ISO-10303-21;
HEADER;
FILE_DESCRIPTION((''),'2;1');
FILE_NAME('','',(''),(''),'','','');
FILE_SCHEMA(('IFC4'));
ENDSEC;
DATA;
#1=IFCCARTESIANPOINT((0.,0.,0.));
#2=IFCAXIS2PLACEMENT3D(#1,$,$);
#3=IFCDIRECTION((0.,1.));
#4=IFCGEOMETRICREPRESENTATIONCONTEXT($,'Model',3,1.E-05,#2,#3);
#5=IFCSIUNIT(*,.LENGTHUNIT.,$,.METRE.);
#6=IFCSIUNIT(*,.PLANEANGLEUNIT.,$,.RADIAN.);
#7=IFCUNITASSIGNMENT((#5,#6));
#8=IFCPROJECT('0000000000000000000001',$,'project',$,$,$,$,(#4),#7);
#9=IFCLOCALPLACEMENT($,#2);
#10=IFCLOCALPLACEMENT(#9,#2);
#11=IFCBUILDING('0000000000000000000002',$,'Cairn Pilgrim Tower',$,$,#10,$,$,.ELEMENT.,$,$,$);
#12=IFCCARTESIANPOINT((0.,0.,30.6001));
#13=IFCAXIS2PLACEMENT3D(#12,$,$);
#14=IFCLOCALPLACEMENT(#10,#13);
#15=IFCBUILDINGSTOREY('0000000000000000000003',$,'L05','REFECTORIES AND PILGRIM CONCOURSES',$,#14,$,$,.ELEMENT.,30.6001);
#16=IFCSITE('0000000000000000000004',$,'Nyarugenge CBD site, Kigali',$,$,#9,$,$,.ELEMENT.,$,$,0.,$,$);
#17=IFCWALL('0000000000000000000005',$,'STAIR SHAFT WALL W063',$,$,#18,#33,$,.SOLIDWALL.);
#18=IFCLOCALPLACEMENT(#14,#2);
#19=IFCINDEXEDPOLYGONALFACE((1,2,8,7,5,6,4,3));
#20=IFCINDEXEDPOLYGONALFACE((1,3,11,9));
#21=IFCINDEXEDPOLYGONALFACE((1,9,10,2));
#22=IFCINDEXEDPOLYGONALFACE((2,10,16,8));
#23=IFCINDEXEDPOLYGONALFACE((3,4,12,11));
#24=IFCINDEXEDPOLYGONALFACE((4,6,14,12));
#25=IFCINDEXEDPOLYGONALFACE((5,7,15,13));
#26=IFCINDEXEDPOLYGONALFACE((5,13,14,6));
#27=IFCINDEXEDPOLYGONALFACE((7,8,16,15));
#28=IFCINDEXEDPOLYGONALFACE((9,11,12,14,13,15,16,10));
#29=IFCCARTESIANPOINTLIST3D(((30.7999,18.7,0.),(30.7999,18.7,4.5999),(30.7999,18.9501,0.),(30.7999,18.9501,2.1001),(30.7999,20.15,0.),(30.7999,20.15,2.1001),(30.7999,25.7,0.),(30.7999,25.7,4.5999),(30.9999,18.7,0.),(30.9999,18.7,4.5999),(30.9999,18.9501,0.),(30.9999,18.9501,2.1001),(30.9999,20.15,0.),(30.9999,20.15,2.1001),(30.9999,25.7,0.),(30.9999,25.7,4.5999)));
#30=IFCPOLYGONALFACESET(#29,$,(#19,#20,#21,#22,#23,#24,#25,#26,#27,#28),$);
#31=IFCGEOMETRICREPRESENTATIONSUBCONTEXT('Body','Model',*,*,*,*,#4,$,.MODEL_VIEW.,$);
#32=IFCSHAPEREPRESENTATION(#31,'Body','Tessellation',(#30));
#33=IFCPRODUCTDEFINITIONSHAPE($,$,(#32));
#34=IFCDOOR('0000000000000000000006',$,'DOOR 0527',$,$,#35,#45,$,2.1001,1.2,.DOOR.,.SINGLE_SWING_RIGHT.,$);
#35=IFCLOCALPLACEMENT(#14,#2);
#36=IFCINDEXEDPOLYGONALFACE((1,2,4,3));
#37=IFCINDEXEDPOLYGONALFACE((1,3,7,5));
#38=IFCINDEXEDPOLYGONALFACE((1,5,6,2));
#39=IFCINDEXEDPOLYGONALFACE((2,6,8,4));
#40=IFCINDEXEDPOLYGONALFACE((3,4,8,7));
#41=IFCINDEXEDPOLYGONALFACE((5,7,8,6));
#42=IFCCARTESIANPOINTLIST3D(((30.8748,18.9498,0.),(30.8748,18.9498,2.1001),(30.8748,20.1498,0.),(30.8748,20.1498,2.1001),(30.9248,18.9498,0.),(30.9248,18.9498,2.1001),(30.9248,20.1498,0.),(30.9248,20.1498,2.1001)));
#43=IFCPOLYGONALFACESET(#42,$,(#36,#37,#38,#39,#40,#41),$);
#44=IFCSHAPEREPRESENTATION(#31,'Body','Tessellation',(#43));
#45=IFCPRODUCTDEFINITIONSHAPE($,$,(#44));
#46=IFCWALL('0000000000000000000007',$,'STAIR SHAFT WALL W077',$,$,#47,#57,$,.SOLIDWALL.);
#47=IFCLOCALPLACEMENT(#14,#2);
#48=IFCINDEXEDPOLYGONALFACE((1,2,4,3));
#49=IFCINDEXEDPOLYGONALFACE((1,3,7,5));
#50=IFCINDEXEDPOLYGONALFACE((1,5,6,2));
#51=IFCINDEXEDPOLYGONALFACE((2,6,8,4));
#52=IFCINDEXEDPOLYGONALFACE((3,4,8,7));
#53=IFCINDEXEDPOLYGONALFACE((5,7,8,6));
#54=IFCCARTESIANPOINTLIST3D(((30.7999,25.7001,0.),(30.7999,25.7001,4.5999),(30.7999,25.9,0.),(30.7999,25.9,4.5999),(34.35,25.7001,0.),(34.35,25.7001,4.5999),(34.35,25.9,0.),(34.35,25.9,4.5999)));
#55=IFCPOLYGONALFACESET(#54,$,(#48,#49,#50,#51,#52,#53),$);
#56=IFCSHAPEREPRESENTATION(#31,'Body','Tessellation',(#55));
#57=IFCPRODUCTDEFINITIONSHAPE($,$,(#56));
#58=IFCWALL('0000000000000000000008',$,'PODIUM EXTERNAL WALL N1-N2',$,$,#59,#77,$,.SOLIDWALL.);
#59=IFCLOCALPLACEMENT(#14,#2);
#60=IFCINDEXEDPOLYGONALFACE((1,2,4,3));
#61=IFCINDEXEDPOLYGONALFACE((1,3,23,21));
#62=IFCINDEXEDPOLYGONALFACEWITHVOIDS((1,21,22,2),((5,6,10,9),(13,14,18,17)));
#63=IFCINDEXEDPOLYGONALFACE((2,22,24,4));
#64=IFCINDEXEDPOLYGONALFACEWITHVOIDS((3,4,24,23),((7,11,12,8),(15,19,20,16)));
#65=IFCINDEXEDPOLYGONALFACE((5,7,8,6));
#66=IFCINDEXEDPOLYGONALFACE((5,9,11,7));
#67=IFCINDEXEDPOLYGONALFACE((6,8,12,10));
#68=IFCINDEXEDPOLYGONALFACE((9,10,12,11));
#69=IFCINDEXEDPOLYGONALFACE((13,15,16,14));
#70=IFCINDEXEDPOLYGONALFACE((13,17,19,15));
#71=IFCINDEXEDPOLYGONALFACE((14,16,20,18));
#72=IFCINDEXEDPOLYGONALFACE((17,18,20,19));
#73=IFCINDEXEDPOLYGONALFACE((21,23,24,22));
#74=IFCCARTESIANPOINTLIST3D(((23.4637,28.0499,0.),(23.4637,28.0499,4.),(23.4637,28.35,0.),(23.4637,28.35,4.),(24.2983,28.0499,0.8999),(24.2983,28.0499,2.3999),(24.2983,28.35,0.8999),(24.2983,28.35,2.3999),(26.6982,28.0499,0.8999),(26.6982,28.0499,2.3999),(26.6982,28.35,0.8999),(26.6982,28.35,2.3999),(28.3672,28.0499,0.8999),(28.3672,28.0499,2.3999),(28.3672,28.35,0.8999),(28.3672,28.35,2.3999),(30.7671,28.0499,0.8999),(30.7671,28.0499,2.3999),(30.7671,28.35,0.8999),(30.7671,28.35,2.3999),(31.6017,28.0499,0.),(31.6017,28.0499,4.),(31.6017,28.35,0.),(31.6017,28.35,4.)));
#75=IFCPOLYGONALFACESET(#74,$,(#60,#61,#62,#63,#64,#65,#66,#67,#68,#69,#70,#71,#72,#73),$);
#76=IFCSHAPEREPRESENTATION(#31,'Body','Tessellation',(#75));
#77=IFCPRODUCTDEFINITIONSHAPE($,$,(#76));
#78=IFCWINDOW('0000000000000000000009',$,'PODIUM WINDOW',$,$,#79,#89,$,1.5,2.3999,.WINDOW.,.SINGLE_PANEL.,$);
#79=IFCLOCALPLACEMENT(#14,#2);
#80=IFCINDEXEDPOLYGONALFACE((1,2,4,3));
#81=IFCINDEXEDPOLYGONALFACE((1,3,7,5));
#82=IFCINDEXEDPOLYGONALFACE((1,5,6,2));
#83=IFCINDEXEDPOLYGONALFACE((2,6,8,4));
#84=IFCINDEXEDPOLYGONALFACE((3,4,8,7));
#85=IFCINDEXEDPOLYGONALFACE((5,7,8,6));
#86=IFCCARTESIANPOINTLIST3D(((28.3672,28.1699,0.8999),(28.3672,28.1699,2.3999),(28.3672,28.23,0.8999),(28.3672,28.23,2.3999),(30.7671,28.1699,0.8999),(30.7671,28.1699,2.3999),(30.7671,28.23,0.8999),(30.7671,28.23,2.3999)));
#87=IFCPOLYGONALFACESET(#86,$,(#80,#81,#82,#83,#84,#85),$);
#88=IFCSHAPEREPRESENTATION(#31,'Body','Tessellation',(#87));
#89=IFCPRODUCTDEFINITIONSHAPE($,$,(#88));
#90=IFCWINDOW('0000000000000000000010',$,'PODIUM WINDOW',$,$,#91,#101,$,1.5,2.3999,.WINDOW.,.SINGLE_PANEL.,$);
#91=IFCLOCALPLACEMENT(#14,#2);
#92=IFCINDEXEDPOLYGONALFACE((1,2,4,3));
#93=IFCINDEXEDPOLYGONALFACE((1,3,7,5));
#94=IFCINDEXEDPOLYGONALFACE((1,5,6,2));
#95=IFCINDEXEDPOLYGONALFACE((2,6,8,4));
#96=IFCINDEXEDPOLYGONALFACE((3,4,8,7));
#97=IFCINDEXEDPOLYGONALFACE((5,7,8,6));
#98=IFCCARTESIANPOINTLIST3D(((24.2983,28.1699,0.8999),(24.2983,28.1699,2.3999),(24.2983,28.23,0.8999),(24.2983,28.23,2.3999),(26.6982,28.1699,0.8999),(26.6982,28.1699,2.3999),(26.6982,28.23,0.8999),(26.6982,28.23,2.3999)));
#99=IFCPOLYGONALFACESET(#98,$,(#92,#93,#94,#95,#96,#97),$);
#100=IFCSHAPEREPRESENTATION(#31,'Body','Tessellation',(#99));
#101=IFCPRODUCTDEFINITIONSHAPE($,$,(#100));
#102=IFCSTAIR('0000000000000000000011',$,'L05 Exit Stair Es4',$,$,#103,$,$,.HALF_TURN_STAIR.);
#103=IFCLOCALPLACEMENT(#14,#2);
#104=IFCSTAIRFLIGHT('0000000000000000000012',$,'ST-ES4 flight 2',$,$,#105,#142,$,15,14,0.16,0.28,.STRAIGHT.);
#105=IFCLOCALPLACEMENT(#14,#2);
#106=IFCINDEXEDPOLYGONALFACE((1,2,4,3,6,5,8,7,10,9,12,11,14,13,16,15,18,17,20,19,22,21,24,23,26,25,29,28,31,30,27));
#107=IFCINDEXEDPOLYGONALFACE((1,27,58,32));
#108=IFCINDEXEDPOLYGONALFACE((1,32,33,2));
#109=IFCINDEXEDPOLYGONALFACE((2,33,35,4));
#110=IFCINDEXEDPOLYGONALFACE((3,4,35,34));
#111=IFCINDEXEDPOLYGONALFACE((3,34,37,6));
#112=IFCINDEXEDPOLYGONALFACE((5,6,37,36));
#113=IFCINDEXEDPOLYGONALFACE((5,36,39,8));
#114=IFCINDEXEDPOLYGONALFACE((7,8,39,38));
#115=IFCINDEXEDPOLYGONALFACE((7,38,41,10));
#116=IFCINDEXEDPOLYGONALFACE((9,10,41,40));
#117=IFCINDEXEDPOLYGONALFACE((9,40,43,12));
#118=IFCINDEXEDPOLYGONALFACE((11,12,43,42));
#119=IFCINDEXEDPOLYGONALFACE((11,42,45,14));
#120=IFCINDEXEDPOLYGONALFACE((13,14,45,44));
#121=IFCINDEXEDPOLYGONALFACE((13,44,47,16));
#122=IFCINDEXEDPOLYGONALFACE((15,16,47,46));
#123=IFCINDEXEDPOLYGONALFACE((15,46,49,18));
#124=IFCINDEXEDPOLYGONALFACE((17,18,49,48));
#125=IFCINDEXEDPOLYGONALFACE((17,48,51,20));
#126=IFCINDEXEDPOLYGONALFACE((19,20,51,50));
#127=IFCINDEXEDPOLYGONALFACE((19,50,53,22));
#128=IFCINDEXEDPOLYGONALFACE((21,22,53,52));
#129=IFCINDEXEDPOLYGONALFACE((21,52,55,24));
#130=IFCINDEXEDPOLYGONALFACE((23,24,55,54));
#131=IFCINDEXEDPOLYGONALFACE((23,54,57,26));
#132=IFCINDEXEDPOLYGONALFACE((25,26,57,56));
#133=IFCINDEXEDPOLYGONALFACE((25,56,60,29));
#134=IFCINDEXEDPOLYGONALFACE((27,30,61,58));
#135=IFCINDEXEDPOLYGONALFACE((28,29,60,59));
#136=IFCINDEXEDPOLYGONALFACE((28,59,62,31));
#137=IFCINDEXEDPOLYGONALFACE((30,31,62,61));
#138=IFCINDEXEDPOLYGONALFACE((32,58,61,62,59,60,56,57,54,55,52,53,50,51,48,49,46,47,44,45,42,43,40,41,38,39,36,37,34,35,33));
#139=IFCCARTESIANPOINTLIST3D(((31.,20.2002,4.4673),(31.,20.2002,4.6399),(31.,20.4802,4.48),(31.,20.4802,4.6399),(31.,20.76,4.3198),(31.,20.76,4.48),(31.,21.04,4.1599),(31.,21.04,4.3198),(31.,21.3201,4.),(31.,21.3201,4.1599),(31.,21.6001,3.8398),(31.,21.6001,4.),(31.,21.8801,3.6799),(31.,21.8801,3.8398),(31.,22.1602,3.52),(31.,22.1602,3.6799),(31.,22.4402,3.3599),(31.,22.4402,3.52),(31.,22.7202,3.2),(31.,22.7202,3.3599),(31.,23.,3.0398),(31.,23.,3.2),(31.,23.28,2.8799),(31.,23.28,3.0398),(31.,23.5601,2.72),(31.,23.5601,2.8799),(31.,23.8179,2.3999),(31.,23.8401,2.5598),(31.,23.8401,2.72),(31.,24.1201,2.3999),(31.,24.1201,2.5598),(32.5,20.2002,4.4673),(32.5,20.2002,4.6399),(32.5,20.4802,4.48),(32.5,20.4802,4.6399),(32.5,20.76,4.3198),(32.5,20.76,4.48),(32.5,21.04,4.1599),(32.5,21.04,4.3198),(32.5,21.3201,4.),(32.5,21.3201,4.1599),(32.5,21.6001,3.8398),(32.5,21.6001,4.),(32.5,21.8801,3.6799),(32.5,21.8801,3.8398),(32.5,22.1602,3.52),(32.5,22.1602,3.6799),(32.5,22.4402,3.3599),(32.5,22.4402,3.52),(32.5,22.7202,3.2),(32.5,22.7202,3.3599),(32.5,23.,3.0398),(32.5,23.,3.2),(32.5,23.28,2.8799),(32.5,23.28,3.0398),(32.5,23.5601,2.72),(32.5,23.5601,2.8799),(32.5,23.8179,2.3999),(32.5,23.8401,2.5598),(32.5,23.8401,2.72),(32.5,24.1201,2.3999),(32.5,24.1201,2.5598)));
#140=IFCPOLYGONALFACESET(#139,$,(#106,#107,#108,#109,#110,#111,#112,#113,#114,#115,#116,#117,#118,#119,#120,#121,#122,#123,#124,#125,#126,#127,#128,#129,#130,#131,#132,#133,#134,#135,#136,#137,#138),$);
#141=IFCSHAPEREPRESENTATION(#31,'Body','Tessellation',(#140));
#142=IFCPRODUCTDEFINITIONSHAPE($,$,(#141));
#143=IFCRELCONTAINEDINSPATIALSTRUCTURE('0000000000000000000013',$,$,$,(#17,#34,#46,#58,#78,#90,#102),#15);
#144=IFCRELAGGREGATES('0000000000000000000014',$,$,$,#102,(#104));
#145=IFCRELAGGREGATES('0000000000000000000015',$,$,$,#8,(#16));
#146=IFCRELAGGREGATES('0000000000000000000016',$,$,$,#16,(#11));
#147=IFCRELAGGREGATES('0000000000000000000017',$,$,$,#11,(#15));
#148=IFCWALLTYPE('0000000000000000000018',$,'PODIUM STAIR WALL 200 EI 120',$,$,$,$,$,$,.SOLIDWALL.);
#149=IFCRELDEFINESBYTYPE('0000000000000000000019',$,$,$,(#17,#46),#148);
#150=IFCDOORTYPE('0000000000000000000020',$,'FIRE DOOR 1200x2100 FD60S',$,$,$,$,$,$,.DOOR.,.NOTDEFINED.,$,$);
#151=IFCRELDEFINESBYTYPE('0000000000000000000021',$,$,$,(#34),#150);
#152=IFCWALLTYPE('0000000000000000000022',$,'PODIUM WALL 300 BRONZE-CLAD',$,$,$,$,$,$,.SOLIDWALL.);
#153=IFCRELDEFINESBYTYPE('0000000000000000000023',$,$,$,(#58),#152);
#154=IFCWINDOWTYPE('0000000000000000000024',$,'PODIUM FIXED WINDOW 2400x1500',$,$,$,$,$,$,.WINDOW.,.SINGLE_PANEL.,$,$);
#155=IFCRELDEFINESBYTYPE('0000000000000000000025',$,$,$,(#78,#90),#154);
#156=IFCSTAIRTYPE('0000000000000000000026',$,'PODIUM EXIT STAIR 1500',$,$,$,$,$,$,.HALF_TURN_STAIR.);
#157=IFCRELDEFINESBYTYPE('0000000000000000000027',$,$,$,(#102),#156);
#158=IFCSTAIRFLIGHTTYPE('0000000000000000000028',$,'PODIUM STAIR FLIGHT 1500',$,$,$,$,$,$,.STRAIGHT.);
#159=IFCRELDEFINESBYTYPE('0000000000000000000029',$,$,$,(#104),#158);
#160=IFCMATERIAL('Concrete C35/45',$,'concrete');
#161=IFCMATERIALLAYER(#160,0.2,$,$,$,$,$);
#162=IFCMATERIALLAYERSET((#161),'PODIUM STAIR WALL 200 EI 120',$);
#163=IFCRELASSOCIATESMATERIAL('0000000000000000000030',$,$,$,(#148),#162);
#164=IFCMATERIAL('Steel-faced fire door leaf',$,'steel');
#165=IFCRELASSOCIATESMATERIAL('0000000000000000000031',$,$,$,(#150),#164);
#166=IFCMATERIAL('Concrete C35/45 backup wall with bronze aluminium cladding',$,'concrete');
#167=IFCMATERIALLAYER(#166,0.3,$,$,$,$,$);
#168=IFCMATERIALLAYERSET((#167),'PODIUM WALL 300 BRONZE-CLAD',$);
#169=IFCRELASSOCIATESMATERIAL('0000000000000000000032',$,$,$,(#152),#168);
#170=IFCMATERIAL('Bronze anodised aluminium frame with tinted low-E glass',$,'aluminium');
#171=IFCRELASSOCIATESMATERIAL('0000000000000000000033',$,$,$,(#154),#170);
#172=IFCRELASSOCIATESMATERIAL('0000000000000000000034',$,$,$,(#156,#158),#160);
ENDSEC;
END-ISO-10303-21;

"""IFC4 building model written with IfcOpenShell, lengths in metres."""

from ifc_helpers import new_model, si_unit, direction, frame, frame_2d, origin, place, context, subcontext, project, spatial, polyline, rectangle, outline, extrude, material, layer, layer_set, type_object, element, fill, aggregate, save


model = new_model("IFC4")

# Units and contexts
model_context = context("Model", 3, precision=1e-05, world=origin(), true_north=direction((0.0, 1.0)))
body_context = subcontext(model_context, "Body", "Model", "MODEL_VIEW")
ifc_project = project(units=[si_unit("LENGTHUNIT", "METRE"), si_unit("PLANEANGLEUNIT", "RADIAN")], contexts=[model_context])

# Site, building, storey
site_placement = place(None, origin())
site = spatial("IfcSite", under=ifc_project, at=site_placement, Name="Nyarugenge CBD site, Kigali", CompositionType="ELEMENT", RefElevation=0.0)
building_placement = place(site_placement, origin())
building = spatial("IfcBuilding", under=site, at=building_placement, Name="Cairn Pilgrim Tower", CompositionType="ELEMENT")
storey_placement = place(building_placement, frame((0.0, 0.0, 30.6001)))
storey = spatial("IfcBuildingStorey", under=building, at=storey_placement, Name="L05", Description="REFECTORIES AND PILGRIM CONCOURSES", CompositionType="ELEMENT", Elevation=30.6001)

# Shared definitions
ifc_material_1 = material(Name="Concrete C35/45", Category="concrete")
ifc_layer_1 = layer(ifc_material_1, 0.2)
ifc_layer_set_1 = layer_set([ifc_layer_1], Name="PODIUM STAIR WALL 200 EI 120")
wall_type_1 = type_object("IfcWallType", Name="PODIUM STAIR WALL 200 EI 120", PredefinedType="SOLIDWALL", material=ifc_layer_set_1)

# Wall, opening, door
wall_1_placement = place(storey_placement, frame((30.8999, 18.7, 0.0), z_axis=(0.0, 0.0, 1.0), x_axis=(0.0, 1.0, 0.0)))
wall_1 = element("IfcWall", 1, at=wall_1_placement, inside=storey, type_object=wall_type_1, Name="STAIR SHAFT WALL W063", PredefinedType="SOLIDWALL", context=body_context, shape_type="SweptSolid", body=[
    extrude(rectangle(XDim=7.0, YDim=0.2, at=frame_2d((3.5, 0.0))), origin(), (0.0, 0.0, 1.0), 4.5999),
])
opening_1_placement = place(wall_1_placement, frame((0.25, 0.0, 0.0)))
opening_1 = element("IfcOpeningElement", 2, at=opening_1_placement, cuts=wall_1, PredefinedType="OPENING", context=body_context, shape_type="SweptSolid", body=[
    extrude(rectangle(XDim=1.2, YDim=2.1001, at=frame_2d((0.6001, 1.05))), frame((0.0, 0.1099, 0.0), z_axis=(0.0, -1.0, 0.0), x_axis=(1.0, 0.0, 0.0)), (0.0, 0.0, 1.0), 0.22),
])
ifc_material_2 = material(Name="Steel-faced fire door leaf", Category="steel")
door_type_1 = type_object("IfcDoorType", Name="FIRE DOOR 1200x2100 FD60S", OperationType="NOTDEFINED", PredefinedType="DOOR", material=ifc_material_2)
door_1_placement = place(opening_1_placement, frame((1.2, 0.0, 0.0), z_axis=(0.0, 0.0, 1.0), x_axis=(-1.0, 0.0, 0.0)))
door_1 = element("IfcDoor", 3, at=door_1_placement, inside=storey, type_object=door_type_1, Name="DOOR 0527", OperationType="SINGLE_SWING_RIGHT", OverallHeight=2.1001, OverallWidth=1.2, PredefinedType="DOOR", context=body_context, shape_type="SweptSolid", body=[
    extrude(rectangle(XDim=1.2, YDim=2.1001, at=frame_2d((0.6001, 1.05))), frame((0.0, 0.0249, 0.0), z_axis=(0.0, -1.0, 0.0), x_axis=(1.0, 0.0, 0.0)), (0.0, 0.0, 1.0), 0.05),
])
fill(opening_1, door_1)

# Wall
wall_2_placement = place(storey_placement, frame((30.8, 25.8, 0.0), z_axis=(0.0, 0.0, 1.0), x_axis=(1.0, 0.0, 0.0)))
element("IfcWall", 4, at=wall_2_placement, inside=storey, type_object=wall_type_1, Name="STAIR SHAFT WALL W077", PredefinedType="SOLIDWALL", context=body_context, shape_type="SweptSolid", body=[
    extrude(rectangle(XDim=3.55, YDim=0.2, at=frame_2d((1.7749, 0.0))), origin(), (0.0, 0.0, 1.0), 4.5999),
])

# Wall, openings, windows
ifc_material_3 = material(Name="Concrete C35/45 backup wall with bronze aluminium cladding", Category="concrete")
ifc_layer_2 = layer(ifc_material_3, 0.3)
ifc_layer_set_2 = layer_set([ifc_layer_2], Name="PODIUM WALL 300 BRONZE-CLAD")
wall_type_2 = type_object("IfcWallType", Name="PODIUM WALL 300 BRONZE-CLAD", PredefinedType="SOLIDWALL", material=ifc_layer_set_2)
wall_3_placement = place(storey_placement, frame((31.6016, 28.2, 0.0), z_axis=(0.0, 0.0, 1.0), x_axis=(-1.0, 0.0, 0.0)))
wall_3 = element("IfcWall", 5, at=wall_3_placement, inside=storey, type_object=wall_type_2, Name="PODIUM EXTERNAL WALL N1-N2", PredefinedType="SOLIDWALL", context=body_context, shape_type="SweptSolid", body=[
    extrude(rectangle(XDim=8.1379, YDim=0.3, at=frame_2d((4.0688, 0.0))), origin(), (0.0, 0.0, 1.0), 4.0),
])
opening_2_placement = place(wall_3_placement, frame((0.8345, 0.0, 0.8999)))
opening_2 = element("IfcOpeningElement", 6, at=opening_2_placement, cuts=wall_3, PredefinedType="OPENING", context=body_context, shape_type="SweptSolid", body=[
    extrude(rectangle(XDim=2.3999, YDim=1.5, at=frame_2d((1.2, 0.75))), frame((0.0, 0.1602, 0.0), z_axis=(0.0, -1.0, 0.0), x_axis=(1.0, 0.0, 0.0)), (0.0, 0.0, 1.0), 0.3201),
])
opening_3_placement = place(wall_3_placement, frame((4.9033, 0.0, 0.8999)))
opening_3 = element("IfcOpeningElement", 7, at=opening_3_placement, cuts=wall_3, PredefinedType="OPENING", context=body_context, shape_type="SweptSolid", body=[
    extrude(rectangle(XDim=2.3999, YDim=1.5, at=frame_2d((1.2, 0.75))), frame((0.0, 0.1602, 0.0), z_axis=(0.0, -1.0, 0.0), x_axis=(1.0, 0.0, 0.0)), (0.0, 0.0, 1.0), 0.3201),
])
ifc_material_4 = material(Name="Bronze anodised aluminium frame with tinted low-E glass", Category="aluminium")
window_type = type_object("IfcWindowType", Name="PODIUM FIXED WINDOW 2400x1500", PartitioningType="SINGLE_PANEL", PredefinedType="WINDOW", material=ifc_material_4)
window_1_placement = place(opening_2_placement, origin())
window_1 = element("IfcWindow", 8, at=window_1_placement, inside=storey, type_object=window_type, Name="PODIUM WINDOW", OverallHeight=1.5, OverallWidth=2.3999, PartitioningType="SINGLE_PANEL", PredefinedType="WINDOW", context=body_context, shape_type="SweptSolid", body=[
    extrude(rectangle(XDim=2.3999, YDim=1.5, at=frame_2d((1.2, 0.75))), frame((0.0, 0.03, 0.0), z_axis=(0.0, -1.0, 0.0), x_axis=(1.0, 0.0, 0.0)), (0.0, 0.0, 1.0), 0.0601),
])
fill(opening_2, window_1)
window_2_placement = place(opening_3_placement, origin())
window_2 = element("IfcWindow", 9, at=window_2_placement, inside=storey, type_object=window_type, Name="PODIUM WINDOW", OverallHeight=1.5, OverallWidth=2.3999, PartitioningType="SINGLE_PANEL", PredefinedType="WINDOW", context=body_context, shape_type="SweptSolid", body=[
    extrude(rectangle(XDim=2.3999, YDim=1.5, at=frame_2d((1.2, 0.75))), frame((0.0, 0.03, 0.0), z_axis=(0.0, -1.0, 0.0), x_axis=(1.0, 0.0, 0.0)), (0.0, 0.0, 1.0), 0.0601),
])
fill(opening_3, window_2)

# Stair, stair flight
stair_type = type_object("IfcStairType", Name="PODIUM EXIT STAIR 1500", PredefinedType="HALF_TURN_STAIR", material=ifc_material_1)
stair_placement = place(storey_placement, origin())
stair = element("IfcStair", 10, at=stair_placement, inside=storey, type_object=stair_type, Name="L05 Exit Stair Es4", PredefinedType="HALF_TURN_STAIR")
stair_flight_type = type_object("IfcStairFlightType", Name="PODIUM STAIR FLIGHT 1500", PredefinedType="STRAIGHT", material=ifc_material_1)
stair_flight_placement = place(storey_placement, frame((31.75, 24.1201, 2.3999), z_axis=(0.0, 0.0, 1.0), x_axis=(0.0, -1.0, 0.0)))
stair_flight = element("IfcStairFlight", 11, at=stair_flight_placement, type_object=stair_flight_type, Name="ST-ES4 flight 2", NumberOfRisers=15, NumberOfTreads=14, PredefinedType="STRAIGHT", RiserHeight=0.16, TreadLength=0.28, context=body_context, shape_type="SweptSolid", body=[
    extrude(outline(polyline([(0.0, 0.0), (0.0, 0.1599), (0.28, 0.1599), (0.28, 0.3201), (0.5601, 0.3201), (0.5601, 0.48), (0.8401, 0.48), (0.8401, 0.6399), (1.1201, 0.6399), (1.1201, 0.8), (1.3999, 0.8), (1.3999, 0.96), (1.6799, 0.96), (1.6799, 1.1201), (1.96, 1.1201), (1.96, 1.28), (2.24, 1.28), (2.24, 1.4399), (2.52, 1.4399), (2.52, 1.6001), (2.8, 1.6001), (2.8, 1.76), (3.0801, 1.76), (3.0801, 1.9199), (3.3601, 1.9199), (3.3601, 2.0801), (3.6399, 2.0801), (3.6399, 2.24), (3.9199, 2.24), (3.9199, 2.3999), (3.9199, 2.0674), (0.3022, 0.0), (0.0, 0.0)])), frame((0.0, 0.75, 0.0), z_axis=(0.0, -1.0, 0.0), x_axis=(1.0, 0.0, 0.0)), (0.0, 0.0, 1.0), 1.5),
])
aggregate(stair, [stair_flight])

save(model, "model.ifc")
